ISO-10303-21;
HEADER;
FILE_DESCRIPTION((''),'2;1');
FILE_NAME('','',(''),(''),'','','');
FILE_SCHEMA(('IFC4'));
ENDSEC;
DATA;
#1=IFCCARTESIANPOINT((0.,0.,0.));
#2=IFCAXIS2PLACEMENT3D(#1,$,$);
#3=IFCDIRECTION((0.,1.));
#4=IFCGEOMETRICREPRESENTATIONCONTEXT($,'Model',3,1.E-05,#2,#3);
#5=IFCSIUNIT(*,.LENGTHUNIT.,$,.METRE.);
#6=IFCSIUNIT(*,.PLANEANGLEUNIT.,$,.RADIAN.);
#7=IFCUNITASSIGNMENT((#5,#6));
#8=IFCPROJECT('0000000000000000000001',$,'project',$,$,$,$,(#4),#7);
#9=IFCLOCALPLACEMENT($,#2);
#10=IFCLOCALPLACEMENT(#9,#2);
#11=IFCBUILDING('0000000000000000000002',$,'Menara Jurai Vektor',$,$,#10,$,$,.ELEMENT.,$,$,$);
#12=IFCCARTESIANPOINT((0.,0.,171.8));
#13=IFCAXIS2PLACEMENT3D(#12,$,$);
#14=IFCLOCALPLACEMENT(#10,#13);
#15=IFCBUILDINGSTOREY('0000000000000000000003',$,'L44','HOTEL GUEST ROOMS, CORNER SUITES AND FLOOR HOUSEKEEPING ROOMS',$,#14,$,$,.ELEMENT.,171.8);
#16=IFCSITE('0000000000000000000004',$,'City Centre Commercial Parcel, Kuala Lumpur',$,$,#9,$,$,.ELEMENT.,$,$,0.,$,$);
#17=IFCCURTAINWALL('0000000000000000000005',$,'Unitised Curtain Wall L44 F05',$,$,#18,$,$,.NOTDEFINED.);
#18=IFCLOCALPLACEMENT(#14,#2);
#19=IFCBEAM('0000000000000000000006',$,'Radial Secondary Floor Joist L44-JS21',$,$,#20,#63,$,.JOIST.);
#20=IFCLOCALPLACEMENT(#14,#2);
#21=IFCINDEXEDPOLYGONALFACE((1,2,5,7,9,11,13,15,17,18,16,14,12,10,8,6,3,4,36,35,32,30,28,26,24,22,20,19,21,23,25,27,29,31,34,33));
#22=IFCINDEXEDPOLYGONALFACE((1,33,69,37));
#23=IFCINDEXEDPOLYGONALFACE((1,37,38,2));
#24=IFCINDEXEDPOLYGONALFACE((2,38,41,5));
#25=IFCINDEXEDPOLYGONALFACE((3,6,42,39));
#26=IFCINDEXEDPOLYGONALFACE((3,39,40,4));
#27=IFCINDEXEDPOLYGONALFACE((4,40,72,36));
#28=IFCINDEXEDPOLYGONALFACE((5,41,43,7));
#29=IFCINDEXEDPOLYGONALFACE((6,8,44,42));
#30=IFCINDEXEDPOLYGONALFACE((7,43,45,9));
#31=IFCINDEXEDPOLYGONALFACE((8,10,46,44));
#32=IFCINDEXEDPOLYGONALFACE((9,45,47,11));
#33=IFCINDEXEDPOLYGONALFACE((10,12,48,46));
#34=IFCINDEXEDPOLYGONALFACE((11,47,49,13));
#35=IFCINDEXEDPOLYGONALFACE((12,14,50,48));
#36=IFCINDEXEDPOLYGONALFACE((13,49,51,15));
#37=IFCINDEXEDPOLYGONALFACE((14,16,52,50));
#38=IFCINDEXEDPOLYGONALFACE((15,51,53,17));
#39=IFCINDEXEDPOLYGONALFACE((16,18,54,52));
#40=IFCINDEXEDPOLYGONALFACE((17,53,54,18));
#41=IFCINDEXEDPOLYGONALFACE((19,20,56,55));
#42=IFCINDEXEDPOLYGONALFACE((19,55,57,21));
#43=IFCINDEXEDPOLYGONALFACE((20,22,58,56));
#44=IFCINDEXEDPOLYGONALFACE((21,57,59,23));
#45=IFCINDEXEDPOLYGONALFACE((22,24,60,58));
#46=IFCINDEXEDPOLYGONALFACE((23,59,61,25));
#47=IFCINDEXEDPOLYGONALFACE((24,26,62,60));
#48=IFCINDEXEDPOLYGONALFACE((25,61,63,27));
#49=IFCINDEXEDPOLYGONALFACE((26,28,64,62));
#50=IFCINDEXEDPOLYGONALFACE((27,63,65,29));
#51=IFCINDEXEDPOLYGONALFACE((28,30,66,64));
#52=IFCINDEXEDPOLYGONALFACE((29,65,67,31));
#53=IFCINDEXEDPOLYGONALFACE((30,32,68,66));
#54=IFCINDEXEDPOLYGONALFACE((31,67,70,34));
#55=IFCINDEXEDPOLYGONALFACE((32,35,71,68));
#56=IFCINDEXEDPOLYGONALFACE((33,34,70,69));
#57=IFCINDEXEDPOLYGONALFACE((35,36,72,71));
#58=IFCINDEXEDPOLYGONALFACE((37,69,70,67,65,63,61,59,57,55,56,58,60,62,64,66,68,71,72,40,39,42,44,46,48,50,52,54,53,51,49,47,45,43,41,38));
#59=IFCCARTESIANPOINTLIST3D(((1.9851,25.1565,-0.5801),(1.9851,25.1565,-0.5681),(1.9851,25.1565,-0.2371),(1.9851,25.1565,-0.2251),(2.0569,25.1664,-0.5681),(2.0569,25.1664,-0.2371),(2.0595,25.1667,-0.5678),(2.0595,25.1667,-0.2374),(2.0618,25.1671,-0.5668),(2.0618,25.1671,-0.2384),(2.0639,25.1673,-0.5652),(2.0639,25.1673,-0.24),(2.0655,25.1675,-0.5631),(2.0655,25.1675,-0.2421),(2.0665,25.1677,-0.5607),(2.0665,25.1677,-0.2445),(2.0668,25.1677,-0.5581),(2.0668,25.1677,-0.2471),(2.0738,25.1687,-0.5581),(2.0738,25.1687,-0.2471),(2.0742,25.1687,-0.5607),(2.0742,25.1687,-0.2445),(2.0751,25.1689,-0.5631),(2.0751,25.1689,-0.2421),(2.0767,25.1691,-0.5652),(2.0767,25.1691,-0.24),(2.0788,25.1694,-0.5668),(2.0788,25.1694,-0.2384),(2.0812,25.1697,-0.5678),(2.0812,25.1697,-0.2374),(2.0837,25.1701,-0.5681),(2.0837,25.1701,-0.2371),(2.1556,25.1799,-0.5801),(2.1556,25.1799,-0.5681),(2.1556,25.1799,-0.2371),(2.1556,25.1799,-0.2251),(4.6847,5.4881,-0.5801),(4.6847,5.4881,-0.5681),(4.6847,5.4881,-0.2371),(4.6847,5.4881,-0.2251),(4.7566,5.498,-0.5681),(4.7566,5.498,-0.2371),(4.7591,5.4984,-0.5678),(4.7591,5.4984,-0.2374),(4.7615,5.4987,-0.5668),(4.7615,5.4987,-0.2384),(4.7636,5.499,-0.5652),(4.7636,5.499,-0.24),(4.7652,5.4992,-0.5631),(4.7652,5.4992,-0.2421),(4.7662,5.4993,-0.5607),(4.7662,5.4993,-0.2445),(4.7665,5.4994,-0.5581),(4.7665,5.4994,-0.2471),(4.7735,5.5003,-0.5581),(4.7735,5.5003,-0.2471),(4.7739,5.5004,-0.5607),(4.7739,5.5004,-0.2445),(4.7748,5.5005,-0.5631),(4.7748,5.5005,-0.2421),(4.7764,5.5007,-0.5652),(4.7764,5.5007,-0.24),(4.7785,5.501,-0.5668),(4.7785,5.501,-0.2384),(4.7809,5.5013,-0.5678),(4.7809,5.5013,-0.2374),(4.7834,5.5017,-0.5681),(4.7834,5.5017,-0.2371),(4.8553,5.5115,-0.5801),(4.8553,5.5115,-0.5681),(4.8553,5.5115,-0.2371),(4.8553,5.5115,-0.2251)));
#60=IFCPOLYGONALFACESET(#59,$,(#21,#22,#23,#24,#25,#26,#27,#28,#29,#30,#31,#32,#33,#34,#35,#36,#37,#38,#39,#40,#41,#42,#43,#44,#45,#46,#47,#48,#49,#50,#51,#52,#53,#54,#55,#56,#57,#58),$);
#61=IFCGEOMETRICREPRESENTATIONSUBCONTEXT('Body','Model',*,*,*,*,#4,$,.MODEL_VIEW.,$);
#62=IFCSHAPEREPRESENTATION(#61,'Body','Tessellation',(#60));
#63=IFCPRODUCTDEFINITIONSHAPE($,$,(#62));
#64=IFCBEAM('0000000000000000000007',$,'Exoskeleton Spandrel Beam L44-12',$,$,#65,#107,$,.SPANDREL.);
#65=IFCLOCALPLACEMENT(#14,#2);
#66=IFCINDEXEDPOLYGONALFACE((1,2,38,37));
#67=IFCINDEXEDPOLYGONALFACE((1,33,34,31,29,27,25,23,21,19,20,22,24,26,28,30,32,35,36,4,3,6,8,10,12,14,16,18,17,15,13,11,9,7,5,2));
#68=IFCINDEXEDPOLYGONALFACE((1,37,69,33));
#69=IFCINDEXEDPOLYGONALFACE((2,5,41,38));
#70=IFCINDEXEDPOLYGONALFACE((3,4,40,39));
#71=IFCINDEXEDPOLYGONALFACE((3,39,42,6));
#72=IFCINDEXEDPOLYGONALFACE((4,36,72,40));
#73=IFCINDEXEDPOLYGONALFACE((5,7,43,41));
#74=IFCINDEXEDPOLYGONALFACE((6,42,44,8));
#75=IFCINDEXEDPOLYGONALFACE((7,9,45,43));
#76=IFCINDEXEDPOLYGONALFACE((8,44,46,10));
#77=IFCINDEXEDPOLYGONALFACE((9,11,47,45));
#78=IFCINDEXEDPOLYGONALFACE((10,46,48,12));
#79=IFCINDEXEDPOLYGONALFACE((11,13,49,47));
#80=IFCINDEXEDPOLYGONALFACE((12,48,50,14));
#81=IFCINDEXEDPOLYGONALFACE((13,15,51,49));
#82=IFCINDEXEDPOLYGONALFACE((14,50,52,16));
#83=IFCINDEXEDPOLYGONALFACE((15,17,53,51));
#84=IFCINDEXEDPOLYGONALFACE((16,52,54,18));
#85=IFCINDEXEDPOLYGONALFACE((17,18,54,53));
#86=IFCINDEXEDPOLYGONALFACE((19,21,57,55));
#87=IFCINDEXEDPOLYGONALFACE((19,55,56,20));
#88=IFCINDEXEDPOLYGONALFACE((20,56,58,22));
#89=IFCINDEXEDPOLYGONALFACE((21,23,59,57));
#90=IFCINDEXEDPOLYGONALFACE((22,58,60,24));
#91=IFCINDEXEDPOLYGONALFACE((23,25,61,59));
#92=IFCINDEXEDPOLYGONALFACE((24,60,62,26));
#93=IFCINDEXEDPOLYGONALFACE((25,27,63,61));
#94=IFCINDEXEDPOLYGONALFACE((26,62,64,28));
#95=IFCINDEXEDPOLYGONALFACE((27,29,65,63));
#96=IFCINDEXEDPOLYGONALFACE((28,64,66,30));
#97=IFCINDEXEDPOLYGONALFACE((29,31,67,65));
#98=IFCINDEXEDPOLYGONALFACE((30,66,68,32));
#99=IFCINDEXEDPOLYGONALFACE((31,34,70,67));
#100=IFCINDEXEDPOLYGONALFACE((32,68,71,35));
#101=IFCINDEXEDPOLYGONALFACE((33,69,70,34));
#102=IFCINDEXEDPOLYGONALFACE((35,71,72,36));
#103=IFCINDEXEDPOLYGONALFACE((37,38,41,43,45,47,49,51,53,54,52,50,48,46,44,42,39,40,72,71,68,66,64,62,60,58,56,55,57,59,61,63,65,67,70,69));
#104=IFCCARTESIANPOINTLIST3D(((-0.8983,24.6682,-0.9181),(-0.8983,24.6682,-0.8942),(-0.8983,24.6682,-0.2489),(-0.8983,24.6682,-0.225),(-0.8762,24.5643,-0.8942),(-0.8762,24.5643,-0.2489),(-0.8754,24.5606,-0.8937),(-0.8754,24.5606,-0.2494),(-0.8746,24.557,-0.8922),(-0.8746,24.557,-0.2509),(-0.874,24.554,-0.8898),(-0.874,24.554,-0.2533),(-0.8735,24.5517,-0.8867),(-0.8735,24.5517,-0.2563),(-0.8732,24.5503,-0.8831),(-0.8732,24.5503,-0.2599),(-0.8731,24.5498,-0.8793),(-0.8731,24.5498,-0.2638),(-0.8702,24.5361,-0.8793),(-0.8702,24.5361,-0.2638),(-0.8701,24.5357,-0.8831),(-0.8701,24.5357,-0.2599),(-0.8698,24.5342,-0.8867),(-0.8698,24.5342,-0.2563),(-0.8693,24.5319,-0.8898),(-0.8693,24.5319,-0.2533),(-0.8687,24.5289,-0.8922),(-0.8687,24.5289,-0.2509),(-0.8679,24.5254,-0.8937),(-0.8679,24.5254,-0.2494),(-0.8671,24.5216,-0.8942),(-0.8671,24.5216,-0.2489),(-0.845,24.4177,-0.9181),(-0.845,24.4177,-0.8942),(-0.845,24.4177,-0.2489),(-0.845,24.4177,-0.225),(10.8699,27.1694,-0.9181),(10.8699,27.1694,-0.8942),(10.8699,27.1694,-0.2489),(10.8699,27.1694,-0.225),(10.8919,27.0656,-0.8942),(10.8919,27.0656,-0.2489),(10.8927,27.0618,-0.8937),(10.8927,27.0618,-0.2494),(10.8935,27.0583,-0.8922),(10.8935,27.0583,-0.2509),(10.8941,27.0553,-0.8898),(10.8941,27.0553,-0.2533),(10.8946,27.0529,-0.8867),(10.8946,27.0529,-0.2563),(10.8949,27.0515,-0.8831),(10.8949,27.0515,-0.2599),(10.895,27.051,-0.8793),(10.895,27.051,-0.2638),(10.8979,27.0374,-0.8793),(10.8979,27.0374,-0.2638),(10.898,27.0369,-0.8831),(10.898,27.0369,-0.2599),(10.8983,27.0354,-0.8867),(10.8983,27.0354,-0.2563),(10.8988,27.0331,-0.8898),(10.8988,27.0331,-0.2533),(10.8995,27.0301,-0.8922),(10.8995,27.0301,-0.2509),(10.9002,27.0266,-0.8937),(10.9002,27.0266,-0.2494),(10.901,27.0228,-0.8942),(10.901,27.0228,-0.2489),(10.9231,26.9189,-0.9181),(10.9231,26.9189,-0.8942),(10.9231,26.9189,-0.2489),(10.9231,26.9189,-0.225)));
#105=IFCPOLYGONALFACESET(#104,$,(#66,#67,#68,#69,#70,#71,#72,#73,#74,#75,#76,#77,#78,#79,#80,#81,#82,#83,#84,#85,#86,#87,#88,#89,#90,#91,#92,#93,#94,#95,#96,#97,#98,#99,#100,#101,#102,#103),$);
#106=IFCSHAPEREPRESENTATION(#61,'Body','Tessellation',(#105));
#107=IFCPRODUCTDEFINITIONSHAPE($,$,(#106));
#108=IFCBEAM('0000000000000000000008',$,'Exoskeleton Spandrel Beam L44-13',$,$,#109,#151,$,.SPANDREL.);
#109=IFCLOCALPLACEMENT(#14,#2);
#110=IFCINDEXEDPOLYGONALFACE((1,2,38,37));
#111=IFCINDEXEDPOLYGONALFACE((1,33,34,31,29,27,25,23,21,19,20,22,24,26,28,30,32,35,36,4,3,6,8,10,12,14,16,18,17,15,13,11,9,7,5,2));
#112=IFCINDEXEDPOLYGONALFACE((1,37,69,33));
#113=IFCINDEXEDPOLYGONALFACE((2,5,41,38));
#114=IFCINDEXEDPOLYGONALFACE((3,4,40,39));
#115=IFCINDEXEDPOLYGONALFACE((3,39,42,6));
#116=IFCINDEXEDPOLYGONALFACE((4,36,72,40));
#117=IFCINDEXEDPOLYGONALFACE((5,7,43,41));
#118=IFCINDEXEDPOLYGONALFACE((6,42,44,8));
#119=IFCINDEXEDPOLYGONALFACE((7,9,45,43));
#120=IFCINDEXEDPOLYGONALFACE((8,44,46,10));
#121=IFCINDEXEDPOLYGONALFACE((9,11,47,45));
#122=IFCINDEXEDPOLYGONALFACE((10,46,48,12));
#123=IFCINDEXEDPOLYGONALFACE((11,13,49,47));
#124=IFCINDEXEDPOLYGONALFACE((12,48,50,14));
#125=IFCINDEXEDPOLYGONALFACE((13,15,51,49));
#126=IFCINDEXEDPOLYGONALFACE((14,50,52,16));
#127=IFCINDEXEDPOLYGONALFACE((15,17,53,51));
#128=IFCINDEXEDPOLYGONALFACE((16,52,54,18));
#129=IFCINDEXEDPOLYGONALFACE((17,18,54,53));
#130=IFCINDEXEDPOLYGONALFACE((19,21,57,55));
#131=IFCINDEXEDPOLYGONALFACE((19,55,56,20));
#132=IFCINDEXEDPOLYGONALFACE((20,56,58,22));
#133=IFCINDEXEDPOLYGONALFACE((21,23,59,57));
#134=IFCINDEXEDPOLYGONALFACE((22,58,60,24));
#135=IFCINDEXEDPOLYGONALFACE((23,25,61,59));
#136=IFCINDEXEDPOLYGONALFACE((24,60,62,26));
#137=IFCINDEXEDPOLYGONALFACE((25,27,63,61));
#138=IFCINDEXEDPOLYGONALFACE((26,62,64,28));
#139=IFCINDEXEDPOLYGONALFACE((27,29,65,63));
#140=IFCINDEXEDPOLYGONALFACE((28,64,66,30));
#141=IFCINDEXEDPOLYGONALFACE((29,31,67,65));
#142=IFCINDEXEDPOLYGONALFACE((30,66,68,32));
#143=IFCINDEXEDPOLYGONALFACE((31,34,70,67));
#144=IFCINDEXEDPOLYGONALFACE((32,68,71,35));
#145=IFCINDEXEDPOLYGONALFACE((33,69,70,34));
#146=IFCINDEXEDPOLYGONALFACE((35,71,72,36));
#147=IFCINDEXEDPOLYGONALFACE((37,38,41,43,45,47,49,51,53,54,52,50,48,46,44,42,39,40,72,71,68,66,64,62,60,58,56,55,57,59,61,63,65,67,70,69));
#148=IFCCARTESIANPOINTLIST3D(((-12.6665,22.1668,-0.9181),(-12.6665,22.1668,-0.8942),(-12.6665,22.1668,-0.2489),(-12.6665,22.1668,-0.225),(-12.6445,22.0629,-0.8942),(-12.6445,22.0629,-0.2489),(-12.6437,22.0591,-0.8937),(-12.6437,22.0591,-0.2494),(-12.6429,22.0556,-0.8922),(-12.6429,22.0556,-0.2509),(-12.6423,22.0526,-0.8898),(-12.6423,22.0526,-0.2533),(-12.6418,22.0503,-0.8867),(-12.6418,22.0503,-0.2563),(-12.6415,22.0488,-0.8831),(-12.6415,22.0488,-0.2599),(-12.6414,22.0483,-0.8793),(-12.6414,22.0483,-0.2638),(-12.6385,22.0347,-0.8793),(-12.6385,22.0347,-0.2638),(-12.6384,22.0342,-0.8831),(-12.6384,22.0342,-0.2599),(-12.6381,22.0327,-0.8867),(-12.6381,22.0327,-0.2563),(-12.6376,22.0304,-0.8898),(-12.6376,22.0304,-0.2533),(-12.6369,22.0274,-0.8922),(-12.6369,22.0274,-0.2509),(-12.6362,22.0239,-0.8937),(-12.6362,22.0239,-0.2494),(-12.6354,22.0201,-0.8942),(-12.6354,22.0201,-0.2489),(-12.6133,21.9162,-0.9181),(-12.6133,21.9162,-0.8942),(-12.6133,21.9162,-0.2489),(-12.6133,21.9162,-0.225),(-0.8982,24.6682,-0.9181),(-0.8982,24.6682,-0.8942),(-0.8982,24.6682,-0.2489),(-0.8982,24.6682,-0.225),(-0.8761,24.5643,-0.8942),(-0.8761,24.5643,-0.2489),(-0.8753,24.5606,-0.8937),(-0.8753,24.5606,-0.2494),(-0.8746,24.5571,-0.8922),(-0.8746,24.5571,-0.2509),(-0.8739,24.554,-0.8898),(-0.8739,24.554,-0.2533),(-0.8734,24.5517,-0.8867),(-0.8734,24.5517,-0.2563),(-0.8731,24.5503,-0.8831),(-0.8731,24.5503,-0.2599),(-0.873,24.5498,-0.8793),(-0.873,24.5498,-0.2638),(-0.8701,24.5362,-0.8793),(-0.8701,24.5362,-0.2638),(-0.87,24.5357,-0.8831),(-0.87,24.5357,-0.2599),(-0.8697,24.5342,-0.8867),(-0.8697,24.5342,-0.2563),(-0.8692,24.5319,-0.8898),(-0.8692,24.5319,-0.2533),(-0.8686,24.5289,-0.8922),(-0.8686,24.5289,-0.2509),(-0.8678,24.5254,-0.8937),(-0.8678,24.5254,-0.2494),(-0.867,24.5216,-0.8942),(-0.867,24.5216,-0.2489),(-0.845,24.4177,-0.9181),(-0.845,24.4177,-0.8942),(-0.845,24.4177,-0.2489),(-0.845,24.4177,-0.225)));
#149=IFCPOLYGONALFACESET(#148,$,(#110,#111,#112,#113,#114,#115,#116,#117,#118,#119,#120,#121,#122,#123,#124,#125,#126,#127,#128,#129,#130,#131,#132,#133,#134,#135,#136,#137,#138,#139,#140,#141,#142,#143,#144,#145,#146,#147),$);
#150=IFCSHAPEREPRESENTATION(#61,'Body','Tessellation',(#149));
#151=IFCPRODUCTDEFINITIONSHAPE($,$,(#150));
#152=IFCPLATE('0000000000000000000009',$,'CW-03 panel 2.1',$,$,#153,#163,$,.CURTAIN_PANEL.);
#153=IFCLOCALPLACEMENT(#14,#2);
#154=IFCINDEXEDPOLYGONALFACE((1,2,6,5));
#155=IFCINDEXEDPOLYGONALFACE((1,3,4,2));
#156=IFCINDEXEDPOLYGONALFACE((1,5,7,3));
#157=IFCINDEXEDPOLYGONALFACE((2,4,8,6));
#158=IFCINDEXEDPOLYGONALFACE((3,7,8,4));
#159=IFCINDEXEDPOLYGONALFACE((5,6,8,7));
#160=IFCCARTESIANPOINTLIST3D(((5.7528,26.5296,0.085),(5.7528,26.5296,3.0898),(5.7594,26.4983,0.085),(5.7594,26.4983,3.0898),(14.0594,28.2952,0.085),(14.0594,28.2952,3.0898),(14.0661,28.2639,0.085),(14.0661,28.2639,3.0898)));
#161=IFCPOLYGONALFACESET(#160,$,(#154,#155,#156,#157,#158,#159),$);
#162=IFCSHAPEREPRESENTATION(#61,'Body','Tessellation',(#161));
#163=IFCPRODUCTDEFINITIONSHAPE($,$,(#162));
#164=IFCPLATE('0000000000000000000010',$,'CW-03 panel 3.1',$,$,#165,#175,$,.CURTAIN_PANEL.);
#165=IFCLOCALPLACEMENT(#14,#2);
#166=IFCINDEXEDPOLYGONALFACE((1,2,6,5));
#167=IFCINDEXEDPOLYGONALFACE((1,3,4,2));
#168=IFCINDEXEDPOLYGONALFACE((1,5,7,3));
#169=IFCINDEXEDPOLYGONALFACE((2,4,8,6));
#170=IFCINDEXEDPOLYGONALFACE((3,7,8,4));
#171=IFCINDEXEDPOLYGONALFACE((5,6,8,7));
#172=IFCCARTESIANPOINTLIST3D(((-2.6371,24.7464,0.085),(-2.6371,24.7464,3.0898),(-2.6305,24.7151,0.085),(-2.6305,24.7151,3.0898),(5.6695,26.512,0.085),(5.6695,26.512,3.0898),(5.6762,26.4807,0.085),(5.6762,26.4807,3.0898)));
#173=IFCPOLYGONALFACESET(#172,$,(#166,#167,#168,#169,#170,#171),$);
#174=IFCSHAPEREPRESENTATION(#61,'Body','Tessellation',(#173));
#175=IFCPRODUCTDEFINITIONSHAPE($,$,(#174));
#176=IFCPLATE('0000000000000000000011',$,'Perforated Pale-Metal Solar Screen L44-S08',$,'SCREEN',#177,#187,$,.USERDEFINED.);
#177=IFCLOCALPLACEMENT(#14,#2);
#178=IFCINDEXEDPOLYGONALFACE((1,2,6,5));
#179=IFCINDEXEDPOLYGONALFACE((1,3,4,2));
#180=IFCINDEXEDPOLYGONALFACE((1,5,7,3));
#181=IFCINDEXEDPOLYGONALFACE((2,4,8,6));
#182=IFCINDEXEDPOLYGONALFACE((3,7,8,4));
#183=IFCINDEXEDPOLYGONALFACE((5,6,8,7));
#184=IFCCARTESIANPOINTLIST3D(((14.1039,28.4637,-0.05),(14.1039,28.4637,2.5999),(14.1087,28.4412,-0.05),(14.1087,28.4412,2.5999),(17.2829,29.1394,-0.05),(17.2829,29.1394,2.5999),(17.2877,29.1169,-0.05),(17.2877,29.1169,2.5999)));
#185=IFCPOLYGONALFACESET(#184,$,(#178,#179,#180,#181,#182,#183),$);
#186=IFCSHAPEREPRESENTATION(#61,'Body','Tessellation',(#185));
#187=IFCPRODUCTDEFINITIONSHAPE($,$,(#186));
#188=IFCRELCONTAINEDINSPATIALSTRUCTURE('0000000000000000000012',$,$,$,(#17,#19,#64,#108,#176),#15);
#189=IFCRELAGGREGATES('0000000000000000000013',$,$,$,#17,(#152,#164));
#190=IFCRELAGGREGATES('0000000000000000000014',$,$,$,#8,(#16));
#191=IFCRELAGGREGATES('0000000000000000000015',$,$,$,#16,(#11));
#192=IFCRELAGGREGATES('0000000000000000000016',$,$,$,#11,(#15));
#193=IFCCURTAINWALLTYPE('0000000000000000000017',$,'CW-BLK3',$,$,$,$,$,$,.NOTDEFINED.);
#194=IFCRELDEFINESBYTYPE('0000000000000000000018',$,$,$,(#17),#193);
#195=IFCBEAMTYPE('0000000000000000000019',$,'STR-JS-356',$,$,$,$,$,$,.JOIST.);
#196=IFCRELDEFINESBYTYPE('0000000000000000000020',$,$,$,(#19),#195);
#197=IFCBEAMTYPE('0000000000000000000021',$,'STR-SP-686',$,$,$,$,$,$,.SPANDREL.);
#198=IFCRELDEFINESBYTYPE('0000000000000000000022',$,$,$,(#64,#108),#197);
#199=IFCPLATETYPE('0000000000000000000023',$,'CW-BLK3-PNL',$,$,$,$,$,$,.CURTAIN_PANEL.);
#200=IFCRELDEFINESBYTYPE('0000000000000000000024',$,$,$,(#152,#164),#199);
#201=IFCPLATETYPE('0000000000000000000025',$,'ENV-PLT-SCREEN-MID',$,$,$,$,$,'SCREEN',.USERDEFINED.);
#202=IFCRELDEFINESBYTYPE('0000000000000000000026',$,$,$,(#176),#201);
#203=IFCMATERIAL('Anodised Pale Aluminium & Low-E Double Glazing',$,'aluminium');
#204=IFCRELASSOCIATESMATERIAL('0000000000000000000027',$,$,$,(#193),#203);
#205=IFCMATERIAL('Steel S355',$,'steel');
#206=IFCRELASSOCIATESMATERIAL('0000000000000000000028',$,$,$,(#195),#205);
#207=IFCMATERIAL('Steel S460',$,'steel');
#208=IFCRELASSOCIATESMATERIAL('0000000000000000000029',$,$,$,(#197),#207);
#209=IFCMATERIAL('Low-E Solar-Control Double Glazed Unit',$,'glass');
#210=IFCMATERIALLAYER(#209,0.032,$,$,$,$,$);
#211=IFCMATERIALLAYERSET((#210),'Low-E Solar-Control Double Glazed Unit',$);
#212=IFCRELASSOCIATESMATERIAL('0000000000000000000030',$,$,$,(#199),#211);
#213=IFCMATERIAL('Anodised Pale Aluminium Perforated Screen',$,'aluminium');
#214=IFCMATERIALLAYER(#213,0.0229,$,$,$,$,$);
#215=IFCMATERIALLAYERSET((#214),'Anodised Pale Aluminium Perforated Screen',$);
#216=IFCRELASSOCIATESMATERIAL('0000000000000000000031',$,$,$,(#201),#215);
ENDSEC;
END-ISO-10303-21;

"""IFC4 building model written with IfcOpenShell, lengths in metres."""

from ifc_helpers import new_model, si_unit, direction, frame, origin, origin_2d, place, context, subcontext, project, spatial, rectangle, i_section, extrude, material, layer, layer_set, material_profile, profile_set, type_object, element, aggregate, save


model = new_model("IFC4")

# Units and contexts
model_context = context("Model", 3, precision=1e-05, world=origin(), true_north=direction((0.0, 1.0)))
body_context = subcontext(model_context, "Body", "Model", "MODEL_VIEW")
ifc_project = project(units=[si_unit("LENGTHUNIT", "METRE"), si_unit("PLANEANGLEUNIT", "RADIAN")], contexts=[model_context])

# Site, building, storey
site_placement = place(None, origin())
site = spatial("IfcSite", under=ifc_project, at=site_placement, Name="City Centre Commercial Parcel, Kuala Lumpur", CompositionType="ELEMENT", RefElevation=0.0)
building_placement = place(site_placement, origin())
building = spatial("IfcBuilding", under=site, at=building_placement, Name="Menara Jurai Vektor", CompositionType="ELEMENT")
storey_placement = place(building_placement, frame((0.0, 0.0, 171.8)))
storey = spatial("IfcBuildingStorey", under=building, at=storey_placement, Name="L44", Description="HOTEL GUEST ROOMS, CORNER SUITES AND FLOOR HOUSEKEEPING ROOMS", CompositionType="ELEMENT", Elevation=171.8)

# Shared definitions
ifc_material_1 = material(Name="Steel S460", Category="steel")

# Curtain wall
ifc_material_2 = material(Name="Anodised Pale Aluminium & Low-E Double Glazing", Category="aluminium")
curtain_wall_type = type_object("IfcCurtainWallType", Name="CW-BLK3", PredefinedType="NOTDEFINED", material=ifc_material_2)
curtain_wall_placement = place(storey_placement, origin())
curtain_wall = element("IfcCurtainWall", 1, at=curtain_wall_placement, inside=storey, type_object=curtain_wall_type, Name="Unitised Curtain Wall L44 F05", PredefinedType="NOTDEFINED")

# Beams
ifc_material_3 = material(Name="Steel S355", Category="steel")
ifc_material_profile_1 = material_profile(ifc_material_3, i_section(OverallWidth=0.1721, OverallDepth=0.355, WebThickness=0.0071, FlangeThickness=0.012, FilletRadius=0.01, at=origin_2d()), Name="UKB 356x171x51")
ifc_profile_set_1 = profile_set([ifc_material_profile_1], Name="Steel S355")
beam_type_1 = type_object("IfcBeamType", Name="STR-JS-356", PredefinedType="JOIST", material=ifc_profile_set_1)
beam_1_placement = place(storey_placement, frame((2.0703, 25.1682, -0.4026), z_axis=(0.135986, -0.990711, 0.0), x_axis=(0.990711, 0.135986, 0.0)))
element("IfcBeam", 2, at=beam_1_placement, inside=storey, type_object=beam_type_1, Name="Radial Secondary Floor Joist L44-JS21", PredefinedType="JOIST", context=body_context, shape_type="SweptSolid", body=[
    extrude(i_section(OverallWidth=0.1721, OverallDepth=0.355, WebThickness=0.0071, FlangeThickness=0.012, FilletRadius=0.01, at=origin_2d()), origin(), (0.0, 0.0, 1.0), 19.8528),
])
ifc_material_profile_2 = material_profile(ifc_material_1, i_section(OverallWidth=0.2561, OverallDepth=0.6931, WebThickness=0.0139, FlangeThickness=0.0239, FilletRadius=0.0149, at=origin_2d()), Name="UKB 686x254x170")
ifc_profile_set_2 = profile_set([ifc_material_profile_2], Name="Steel S460")
beam_type_2 = type_object("IfcBeamType", Name="STR-SP-686", PredefinedType="SPANDREL", material=ifc_profile_set_2)
beam_2_placement = place(storey_placement, frame((10.8965, 27.0442, -0.5715), z_axis=(-0.97815, -0.207899, 0.0), x_axis=(0.207899, -0.97815, 0.0)))
element("IfcBeam", 3, at=beam_2_placement, inside=storey, type_object=beam_type_2, Name="Exoskeleton Spandrel Beam L44-12", PredefinedType="SPANDREL", context=body_context, shape_type="SweptSolid", body=[
    extrude(i_section(OverallWidth=0.2561, OverallDepth=0.6931, WebThickness=0.0139, FlangeThickness=0.0239, FilletRadius=0.0149, at=origin_2d()), origin(), (0.0, 0.0, 1.0), 12.031),
])
beam_3_placement = place(storey_placement, frame((-0.8716, 24.543, -0.5715), z_axis=(-0.978147, -0.207914, 0.0), x_axis=(0.207914, -0.978147, 0.0)))
element("IfcBeam", 4, at=beam_3_placement, inside=storey, type_object=beam_type_2, Name="Exoskeleton Spandrel Beam L44-13", PredefinedType="SPANDREL", context=body_context, shape_type="SweptSolid", body=[
    extrude(i_section(OverallWidth=0.2561, OverallDepth=0.6931, WebThickness=0.0139, FlangeThickness=0.0239, FilletRadius=0.0149, at=origin_2d()), origin(), (0.0, 0.0, 1.0), 12.0312),
])

# Plates
ifc_material_4 = material(Name="Low-E Solar-Control Double Glazed Unit", Category="glass")
ifc_layer_1 = layer(ifc_material_4, 0.032)
ifc_layer_set_1 = layer_set([ifc_layer_1], Name="Low-E Solar-Control Double Glazed Unit")
plate_type_1 = type_object("IfcPlateType", Name="CW-BLK3-PNL", PredefinedType="CURTAIN_PANEL", material=ifc_layer_set_1)
plate_1_placement = place(storey_placement, frame((9.9094, 27.3967, 0.085), z_axis=(0.0, 0.0, 1.0), x_axis=(-0.978148, -0.207911, 0.0)))
plate_1 = element("IfcPlate", 5, at=plate_1_placement, type_object=plate_type_1, Name="CW-03 panel 2.1", PredefinedType="CURTAIN_PANEL", context=body_context, shape_type="SweptSolid", body=[
    extrude(rectangle(XDim=8.4922, YDim=0.032, at=origin_2d()), origin(), (0.0, 0.0, 1.0), 3.0049),
])
plate_2_placement = place(storey_placement, frame((1.5195, 25.6135, 0.085), z_axis=(0.0, 0.0, 1.0), x_axis=(-0.978148, -0.207911, 0.0)))
plate_2 = element("IfcPlate", 6, at=plate_2_placement, type_object=plate_type_1, Name="CW-03 panel 3.1", PredefinedType="CURTAIN_PANEL", context=body_context, shape_type="SweptSolid", body=[
    extrude(rectangle(XDim=8.4922, YDim=0.032, at=origin_2d()), origin(), (0.0, 0.0, 1.0), 3.0049),
])
aggregate(curtain_wall, [plate_1, plate_2])

# Plate
ifc_material_5 = material(Name="Anodised Pale Aluminium Perforated Screen", Category="aluminium")
ifc_layer_2 = layer(ifc_material_5, 0.0229)
ifc_layer_set_2 = layer_set([ifc_layer_2], Name="Anodised Pale Aluminium Perforated Screen")
plate_type_2 = type_object("IfcPlateType", Name="ENV-PLT-SCREEN-MID", ElementType="SCREEN", PredefinedType="USERDEFINED", material=ifc_layer_set_2)
for number, where, z_axis, x_axis, name in (
    (7, (15.6958, 28.7903, -0.05), (0.0, 0.0, 1.0), (-0.978148, -0.207912, 0.0), "Perforated Pale-Metal Solar Screen L44-S08"),
):
    element("IfcPlate", number, at=place(storey_placement, frame(where, z_axis=z_axis, x_axis=x_axis)), inside=storey, type_object=plate_type_2, Name=name, ObjectType="SCREEN", PredefinedType="USERDEFINED", context=body_context, shape_type="SweptSolid", body=[
        extrude(rectangle(XDim=3.25, YDim=0.0229, at=origin_2d()), origin(), (0.0, 0.0, 1.0), 2.6499),
    ])

save(model, "model.ifc")
